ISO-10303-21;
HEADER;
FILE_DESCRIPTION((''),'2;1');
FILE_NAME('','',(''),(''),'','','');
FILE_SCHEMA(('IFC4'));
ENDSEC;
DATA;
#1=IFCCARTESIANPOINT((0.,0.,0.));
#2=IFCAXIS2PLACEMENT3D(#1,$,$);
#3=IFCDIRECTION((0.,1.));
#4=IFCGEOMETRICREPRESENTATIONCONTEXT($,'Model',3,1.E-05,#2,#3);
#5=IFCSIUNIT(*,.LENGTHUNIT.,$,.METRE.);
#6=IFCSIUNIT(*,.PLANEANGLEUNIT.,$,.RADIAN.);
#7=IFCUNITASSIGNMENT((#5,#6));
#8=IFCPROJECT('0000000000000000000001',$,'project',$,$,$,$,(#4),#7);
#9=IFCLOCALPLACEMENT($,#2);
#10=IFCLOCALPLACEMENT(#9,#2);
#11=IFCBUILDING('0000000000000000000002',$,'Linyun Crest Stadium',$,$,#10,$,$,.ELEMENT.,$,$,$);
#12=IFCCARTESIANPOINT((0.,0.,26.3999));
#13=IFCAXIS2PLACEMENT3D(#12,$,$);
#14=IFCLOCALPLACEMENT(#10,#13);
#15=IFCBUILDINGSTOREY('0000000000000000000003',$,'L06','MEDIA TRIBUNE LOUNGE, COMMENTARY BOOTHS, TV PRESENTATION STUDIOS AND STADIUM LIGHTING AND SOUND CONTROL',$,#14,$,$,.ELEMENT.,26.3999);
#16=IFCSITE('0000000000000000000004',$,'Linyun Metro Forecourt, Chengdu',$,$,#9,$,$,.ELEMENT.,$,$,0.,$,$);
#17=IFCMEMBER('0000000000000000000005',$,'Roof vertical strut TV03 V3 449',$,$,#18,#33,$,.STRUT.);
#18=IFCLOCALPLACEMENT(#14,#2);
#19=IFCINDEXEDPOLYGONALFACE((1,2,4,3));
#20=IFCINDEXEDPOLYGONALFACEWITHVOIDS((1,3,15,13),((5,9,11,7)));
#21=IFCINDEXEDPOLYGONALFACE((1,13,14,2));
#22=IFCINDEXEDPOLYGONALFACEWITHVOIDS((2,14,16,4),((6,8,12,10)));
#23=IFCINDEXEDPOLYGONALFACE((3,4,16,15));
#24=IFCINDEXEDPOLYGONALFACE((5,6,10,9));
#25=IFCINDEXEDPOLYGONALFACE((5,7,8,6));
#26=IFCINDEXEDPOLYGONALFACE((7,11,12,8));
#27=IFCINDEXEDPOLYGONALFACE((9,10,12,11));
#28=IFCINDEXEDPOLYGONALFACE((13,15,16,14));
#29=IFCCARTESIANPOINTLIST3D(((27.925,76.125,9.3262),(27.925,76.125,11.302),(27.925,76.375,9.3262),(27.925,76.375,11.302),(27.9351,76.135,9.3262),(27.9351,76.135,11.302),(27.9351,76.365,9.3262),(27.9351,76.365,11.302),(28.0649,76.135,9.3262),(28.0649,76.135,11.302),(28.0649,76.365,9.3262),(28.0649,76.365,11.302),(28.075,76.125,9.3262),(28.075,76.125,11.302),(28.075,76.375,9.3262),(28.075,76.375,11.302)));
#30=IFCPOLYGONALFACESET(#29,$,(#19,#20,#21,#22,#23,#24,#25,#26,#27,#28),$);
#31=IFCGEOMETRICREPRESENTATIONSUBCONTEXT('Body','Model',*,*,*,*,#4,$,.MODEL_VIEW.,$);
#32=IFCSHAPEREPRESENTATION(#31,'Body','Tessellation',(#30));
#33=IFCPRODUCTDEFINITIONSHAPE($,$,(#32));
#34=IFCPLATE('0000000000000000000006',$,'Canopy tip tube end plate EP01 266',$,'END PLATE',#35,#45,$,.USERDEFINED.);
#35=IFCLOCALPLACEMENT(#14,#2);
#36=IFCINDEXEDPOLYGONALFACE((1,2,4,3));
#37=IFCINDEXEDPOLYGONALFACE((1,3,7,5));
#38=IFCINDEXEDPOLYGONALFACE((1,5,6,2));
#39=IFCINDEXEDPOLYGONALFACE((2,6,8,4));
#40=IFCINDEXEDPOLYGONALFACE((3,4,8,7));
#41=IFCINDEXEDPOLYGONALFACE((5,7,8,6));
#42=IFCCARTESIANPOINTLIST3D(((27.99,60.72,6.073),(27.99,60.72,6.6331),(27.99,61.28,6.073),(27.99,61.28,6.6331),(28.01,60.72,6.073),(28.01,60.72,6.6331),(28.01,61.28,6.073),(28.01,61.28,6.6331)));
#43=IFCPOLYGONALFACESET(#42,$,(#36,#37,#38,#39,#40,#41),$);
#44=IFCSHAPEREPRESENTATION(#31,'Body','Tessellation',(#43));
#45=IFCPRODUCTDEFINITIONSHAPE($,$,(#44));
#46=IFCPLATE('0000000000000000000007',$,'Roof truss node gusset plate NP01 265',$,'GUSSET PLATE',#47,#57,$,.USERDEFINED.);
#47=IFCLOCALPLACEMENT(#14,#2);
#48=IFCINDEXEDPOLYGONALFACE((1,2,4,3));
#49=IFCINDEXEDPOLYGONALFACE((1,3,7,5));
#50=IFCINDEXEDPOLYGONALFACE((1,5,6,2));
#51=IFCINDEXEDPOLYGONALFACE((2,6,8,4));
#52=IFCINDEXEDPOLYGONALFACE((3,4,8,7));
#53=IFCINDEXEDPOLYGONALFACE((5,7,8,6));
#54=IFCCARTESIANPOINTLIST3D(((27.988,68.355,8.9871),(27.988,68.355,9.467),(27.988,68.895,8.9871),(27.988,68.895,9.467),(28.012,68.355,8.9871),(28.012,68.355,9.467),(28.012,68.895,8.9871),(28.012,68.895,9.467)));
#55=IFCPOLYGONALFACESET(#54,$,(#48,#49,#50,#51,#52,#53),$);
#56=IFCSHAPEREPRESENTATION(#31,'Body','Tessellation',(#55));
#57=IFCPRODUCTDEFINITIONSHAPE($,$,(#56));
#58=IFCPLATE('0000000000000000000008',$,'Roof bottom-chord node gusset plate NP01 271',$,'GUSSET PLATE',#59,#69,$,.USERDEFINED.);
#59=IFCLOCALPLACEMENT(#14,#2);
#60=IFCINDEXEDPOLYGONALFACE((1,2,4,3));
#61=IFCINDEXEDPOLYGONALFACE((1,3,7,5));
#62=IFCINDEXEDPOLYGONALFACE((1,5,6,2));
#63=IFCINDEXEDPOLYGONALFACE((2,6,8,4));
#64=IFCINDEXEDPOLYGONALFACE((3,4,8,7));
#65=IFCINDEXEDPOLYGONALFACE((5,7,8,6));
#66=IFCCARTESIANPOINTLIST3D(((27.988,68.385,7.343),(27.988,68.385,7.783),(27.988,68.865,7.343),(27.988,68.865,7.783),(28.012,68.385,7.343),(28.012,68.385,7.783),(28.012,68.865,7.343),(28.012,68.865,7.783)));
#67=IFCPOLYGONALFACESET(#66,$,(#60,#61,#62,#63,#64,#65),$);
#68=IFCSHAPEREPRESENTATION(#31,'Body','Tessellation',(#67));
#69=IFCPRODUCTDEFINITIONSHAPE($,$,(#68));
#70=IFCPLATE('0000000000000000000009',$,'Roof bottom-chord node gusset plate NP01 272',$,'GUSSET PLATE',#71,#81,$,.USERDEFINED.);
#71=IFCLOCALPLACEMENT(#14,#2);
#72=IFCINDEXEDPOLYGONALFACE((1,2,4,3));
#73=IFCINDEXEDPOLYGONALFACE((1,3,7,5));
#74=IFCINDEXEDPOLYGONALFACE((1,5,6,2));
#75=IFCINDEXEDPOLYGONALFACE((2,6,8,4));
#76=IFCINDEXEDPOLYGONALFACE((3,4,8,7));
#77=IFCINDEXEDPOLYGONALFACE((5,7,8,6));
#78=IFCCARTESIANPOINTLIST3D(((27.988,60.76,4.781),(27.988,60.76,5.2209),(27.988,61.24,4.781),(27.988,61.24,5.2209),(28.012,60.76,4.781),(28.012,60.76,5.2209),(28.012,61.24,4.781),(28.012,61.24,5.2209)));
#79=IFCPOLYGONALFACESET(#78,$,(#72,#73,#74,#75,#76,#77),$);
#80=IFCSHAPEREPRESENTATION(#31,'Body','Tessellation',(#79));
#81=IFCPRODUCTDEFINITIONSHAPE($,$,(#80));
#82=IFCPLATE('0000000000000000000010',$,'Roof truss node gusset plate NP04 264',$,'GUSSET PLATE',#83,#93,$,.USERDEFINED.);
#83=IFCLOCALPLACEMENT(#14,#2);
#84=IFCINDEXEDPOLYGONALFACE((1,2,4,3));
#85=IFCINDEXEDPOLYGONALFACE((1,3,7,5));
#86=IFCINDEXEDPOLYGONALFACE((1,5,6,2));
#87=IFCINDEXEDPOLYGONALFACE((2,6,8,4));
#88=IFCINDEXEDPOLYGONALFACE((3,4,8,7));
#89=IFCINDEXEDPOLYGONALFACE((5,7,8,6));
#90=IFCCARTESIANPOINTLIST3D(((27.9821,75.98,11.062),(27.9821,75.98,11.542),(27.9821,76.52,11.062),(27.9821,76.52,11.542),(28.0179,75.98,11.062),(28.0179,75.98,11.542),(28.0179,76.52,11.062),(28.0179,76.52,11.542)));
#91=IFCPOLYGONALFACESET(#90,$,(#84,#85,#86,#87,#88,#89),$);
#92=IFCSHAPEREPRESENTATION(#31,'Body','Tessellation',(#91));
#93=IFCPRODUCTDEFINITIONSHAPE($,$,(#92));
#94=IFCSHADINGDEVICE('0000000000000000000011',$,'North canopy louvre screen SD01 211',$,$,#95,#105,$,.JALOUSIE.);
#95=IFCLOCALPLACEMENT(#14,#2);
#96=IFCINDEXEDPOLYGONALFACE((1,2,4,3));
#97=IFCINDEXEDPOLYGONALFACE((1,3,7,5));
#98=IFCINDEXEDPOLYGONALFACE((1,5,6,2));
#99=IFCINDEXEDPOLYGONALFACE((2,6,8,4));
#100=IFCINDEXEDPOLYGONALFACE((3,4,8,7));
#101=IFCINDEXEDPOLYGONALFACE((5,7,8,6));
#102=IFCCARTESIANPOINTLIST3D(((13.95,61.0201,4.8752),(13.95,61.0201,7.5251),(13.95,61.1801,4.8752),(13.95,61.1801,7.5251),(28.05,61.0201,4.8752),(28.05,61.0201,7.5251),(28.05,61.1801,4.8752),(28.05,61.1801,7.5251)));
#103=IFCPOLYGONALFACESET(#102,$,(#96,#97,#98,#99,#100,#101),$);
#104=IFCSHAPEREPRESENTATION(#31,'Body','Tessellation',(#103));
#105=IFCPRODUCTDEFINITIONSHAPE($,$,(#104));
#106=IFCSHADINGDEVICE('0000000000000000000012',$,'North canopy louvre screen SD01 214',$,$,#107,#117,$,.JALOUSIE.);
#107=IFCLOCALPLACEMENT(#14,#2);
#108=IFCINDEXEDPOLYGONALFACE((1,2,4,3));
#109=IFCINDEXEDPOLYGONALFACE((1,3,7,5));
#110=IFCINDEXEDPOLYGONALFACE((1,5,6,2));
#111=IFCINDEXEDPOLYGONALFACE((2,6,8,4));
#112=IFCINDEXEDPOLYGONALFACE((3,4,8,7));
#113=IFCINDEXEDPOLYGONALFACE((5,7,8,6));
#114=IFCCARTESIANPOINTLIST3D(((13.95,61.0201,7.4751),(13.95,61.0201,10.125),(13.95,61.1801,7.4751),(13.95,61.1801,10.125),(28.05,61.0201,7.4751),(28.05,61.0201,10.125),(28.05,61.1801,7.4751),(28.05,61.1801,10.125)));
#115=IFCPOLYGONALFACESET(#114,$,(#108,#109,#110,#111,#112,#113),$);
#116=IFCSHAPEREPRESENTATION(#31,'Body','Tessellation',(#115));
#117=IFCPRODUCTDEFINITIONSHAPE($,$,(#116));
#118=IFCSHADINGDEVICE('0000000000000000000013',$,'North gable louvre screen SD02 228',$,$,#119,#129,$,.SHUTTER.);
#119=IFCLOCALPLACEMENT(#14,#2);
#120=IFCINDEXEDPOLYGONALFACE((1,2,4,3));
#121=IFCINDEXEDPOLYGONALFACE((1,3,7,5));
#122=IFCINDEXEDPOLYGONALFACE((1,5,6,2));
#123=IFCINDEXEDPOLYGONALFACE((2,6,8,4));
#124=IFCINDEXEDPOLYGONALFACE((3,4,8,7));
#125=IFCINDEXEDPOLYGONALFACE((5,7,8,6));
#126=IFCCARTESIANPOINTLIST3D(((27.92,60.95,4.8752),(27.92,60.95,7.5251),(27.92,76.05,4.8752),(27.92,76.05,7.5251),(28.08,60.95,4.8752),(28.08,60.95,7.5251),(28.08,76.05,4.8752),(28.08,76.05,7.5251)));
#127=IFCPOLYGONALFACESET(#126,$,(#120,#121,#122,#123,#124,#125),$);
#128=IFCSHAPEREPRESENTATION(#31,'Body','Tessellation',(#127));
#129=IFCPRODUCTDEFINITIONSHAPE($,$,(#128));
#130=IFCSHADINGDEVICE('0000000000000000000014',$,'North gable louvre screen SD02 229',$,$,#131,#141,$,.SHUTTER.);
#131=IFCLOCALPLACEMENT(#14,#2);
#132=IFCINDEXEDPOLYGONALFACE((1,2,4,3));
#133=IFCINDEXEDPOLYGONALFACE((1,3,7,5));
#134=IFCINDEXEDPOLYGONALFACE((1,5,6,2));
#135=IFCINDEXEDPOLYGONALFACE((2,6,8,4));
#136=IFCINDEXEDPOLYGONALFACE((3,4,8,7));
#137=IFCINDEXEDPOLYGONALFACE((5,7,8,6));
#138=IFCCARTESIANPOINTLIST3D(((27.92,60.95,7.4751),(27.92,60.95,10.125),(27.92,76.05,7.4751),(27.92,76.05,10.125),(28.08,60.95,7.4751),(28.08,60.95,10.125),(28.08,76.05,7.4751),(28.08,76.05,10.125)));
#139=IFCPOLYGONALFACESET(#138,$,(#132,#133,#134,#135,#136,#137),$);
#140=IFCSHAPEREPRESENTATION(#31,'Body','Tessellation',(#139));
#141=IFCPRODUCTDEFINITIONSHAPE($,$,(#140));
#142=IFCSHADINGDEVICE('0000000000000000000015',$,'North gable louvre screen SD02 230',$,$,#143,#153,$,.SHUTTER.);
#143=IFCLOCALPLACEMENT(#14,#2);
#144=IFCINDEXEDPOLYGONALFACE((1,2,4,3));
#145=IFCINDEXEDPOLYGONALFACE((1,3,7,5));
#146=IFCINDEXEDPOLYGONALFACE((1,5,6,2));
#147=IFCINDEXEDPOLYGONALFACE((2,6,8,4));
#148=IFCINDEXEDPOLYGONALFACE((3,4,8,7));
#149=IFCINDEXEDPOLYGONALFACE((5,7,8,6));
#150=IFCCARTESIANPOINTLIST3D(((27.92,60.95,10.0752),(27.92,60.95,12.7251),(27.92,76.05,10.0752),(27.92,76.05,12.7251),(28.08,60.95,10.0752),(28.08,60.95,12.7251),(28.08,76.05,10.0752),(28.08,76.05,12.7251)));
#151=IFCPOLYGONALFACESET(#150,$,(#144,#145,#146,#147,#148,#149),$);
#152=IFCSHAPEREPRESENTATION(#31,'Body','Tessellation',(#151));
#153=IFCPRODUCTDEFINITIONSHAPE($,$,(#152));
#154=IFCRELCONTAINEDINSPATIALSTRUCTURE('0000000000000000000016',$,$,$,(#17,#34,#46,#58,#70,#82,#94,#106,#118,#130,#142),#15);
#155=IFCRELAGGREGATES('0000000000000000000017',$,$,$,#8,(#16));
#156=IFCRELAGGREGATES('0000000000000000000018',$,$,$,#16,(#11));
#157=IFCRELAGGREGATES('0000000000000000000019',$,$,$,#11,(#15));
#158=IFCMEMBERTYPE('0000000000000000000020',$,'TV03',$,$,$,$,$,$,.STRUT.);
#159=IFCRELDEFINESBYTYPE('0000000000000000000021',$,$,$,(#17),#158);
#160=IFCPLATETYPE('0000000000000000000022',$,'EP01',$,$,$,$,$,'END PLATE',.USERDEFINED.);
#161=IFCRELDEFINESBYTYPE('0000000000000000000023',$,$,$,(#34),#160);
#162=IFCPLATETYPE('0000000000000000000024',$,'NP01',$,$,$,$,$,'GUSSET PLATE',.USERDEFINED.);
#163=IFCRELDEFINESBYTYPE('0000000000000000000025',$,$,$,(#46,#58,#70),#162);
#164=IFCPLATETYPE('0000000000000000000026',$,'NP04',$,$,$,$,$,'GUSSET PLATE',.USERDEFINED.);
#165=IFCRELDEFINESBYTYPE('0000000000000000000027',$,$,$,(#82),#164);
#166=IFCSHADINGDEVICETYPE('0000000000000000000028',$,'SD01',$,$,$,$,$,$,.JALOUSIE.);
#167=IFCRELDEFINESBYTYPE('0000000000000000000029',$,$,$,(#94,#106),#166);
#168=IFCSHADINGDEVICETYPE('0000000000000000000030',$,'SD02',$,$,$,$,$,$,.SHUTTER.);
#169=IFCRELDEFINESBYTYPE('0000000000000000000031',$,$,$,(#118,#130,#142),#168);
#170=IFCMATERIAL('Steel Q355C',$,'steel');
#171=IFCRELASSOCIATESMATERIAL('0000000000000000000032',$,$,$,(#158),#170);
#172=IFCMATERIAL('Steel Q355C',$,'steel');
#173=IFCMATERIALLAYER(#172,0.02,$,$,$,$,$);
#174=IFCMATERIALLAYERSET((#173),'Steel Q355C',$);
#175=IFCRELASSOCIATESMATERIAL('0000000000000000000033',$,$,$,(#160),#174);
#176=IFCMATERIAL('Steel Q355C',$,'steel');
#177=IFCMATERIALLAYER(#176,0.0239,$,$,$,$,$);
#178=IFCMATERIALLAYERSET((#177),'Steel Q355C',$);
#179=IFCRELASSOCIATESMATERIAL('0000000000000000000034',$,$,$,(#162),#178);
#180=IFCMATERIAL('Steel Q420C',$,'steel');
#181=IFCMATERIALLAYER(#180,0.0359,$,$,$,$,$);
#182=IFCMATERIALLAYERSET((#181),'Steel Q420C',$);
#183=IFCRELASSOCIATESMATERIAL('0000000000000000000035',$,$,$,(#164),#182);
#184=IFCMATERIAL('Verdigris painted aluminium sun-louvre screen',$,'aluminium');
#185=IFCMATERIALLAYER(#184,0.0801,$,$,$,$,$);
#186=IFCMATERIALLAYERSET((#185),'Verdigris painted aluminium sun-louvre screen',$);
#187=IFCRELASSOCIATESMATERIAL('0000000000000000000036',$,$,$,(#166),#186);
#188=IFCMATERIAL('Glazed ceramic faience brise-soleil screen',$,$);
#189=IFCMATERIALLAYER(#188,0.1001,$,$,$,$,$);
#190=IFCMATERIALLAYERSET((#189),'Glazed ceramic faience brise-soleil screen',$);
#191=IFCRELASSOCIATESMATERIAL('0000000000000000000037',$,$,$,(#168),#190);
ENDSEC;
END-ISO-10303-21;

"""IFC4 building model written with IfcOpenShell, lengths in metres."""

from ifc_helpers import new_model, si_unit, direction, frame, origin, origin_2d, place, context, subcontext, project, spatial, rectangle, hollow_rectangle, extrude, material, layer, layer_set, material_profile, profile_set, type_object, element, save


model = new_model("IFC4")

# Units and contexts
model_context = context("Model", 3, precision=1e-05, world=origin(), true_north=direction((0.0, 1.0)))
body_context = subcontext(model_context, "Body", "Model", "MODEL_VIEW")
ifc_project = project(units=[si_unit("LENGTHUNIT", "METRE"), si_unit("PLANEANGLEUNIT", "RADIAN")], contexts=[model_context])

# Site, building, storey
site_placement = place(None, origin())
site = spatial("IfcSite", under=ifc_project, at=site_placement, Name="Linyun Metro Forecourt, Chengdu", CompositionType="ELEMENT", RefElevation=0.0)
building_placement = place(site_placement, origin())
building = spatial("IfcBuilding", under=site, at=building_placement, Name="Linyun Crest Stadium", CompositionType="ELEMENT")
storey_placement = place(building_placement, frame((0.0, 0.0, 26.3999)))
storey = spatial("IfcBuildingStorey", under=building, at=storey_placement, Name="L06", Description="MEDIA TRIBUNE LOUNGE, COMMENTARY BOOTHS, TV PRESENTATION STUDIOS AND STADIUM LIGHTING AND SOUND CONTROL", CompositionType="ELEMENT", Elevation=26.3999)

# Member
ifc_material_1 = material(Name="Steel Q355C", Category="steel")
ifc_material_profile_1 = material_profile(ifc_material_1, hollow_rectangle(XDim=0.1499, YDim=0.25, WallThickness=0.01, at=origin_2d()), Name="RHS 250x150x10")
ifc_profile_set_1 = profile_set([ifc_material_profile_1], Name="Steel Q355C")
member_type_1 = type_object("IfcMemberType", Name="TV03", PredefinedType="STRUT", material=ifc_profile_set_1)
member_1_placement = place(storey_placement, frame((28.0, 76.25, 9.3262), z_axis=(0.0, 0.0, 1.0), x_axis=(1.0, 0.0, 0.0)))
element("IfcMember", 1, at=member_1_placement, inside=storey, type_object=member_type_1, Name="Roof vertical strut TV03 V3 449", PredefinedType="STRUT", context=body_context, shape_type="SweptSolid", body=[
    extrude(hollow_rectangle(XDim=0.1499, YDim=0.25, WallThickness=0.01, at=origin_2d()), origin(), (0.0, 0.0, 1.0), 1.9758),
])

# Plates
ifc_material_2 = material(Name="Steel Q355C", Category="steel")
ifc_layer_1 = layer(ifc_material_2, 0.02)
ifc_layer_set_1 = layer_set([ifc_layer_1], Name="Steel Q355C")
plate_type_1 = type_object("IfcPlateType", Name="EP01", ElementType="END PLATE", PredefinedType="USERDEFINED", material=ifc_layer_set_1)
plate_1_placement = place(storey_placement, frame((28.0, 61.0, 6.073), z_axis=(0.0, 0.0, 1.0), x_axis=(0.0, 1.0, 0.0)))
element("IfcPlate", 2, at=plate_1_placement, inside=storey, type_object=plate_type_1, Name="Canopy tip tube end plate EP01 266", ObjectType="END PLATE", PredefinedType="USERDEFINED", context=body_context, shape_type="SweptSolid", body=[
    extrude(rectangle(XDim=0.5601, YDim=0.02, at=origin_2d()), origin(), (0.0, 0.0, 1.0), 0.5601),
])
ifc_material_3 = material(Name="Steel Q355C", Category="steel")
ifc_layer_2 = layer(ifc_material_3, 0.0239)
ifc_layer_set_2 = layer_set([ifc_layer_2], Name="Steel Q355C")
plate_type_2 = type_object("IfcPlateType", Name="NP01", ElementType="GUSSET PLATE", PredefinedType="USERDEFINED", material=ifc_layer_set_2)
plate_2_placement = place(storey_placement, frame((28.0, 68.625, 8.9871), z_axis=(0.0, 0.0, 1.0), x_axis=(0.0, 1.0, 0.0)))
element("IfcPlate", 3, at=plate_2_placement, inside=storey, type_object=plate_type_2, Name="Roof truss node gusset plate NP01 265", ObjectType="GUSSET PLATE", PredefinedType="USERDEFINED", context=body_context, shape_type="SweptSolid", body=[
    extrude(rectangle(XDim=0.54, YDim=0.0239, at=origin_2d()), origin(), (0.0, 0.0, 1.0), 0.48),
])
for number, where, z_axis, x_axis, name in (
    (4, (28.0, 68.625, 7.343), (0.0, 0.0, 1.0), (0.0, 1.0, 0.0), "Roof bottom-chord node gusset plate NP01 271"),
    (5, (28.0, 61.0, 4.781), (0.0, 0.0, 1.0), (0.0, 1.0, 0.0), "Roof bottom-chord node gusset plate NP01 272"),
):
    element("IfcPlate", number, at=place(storey_placement, frame(where, z_axis=z_axis, x_axis=x_axis)), inside=storey, type_object=plate_type_2, Name=name, ObjectType="GUSSET PLATE", PredefinedType="USERDEFINED", context=body_context, shape_type="SweptSolid", body=[
        extrude(rectangle(XDim=0.48, YDim=0.0239, at=origin_2d()), origin(), (0.0, 0.0, 1.0), 0.4399),
    ])
ifc_material_4 = material(Name="Steel Q420C", Category="steel")
ifc_layer_3 = layer(ifc_material_4, 0.0359)
ifc_layer_set_3 = layer_set([ifc_layer_3], Name="Steel Q420C")
plate_type_3 = type_object("IfcPlateType", Name="NP04", ElementType="GUSSET PLATE", PredefinedType="USERDEFINED", material=ifc_layer_set_3)
plate_3_placement = place(storey_placement, frame((28.0, 76.25, 11.062), z_axis=(0.0, 0.0, 1.0), x_axis=(0.0, 1.0, 0.0)))
element("IfcPlate", 6, at=plate_3_placement, inside=storey, type_object=plate_type_3, Name="Roof truss node gusset plate NP04 264", ObjectType="GUSSET PLATE", PredefinedType="USERDEFINED", context=body_context, shape_type="SweptSolid", body=[
    extrude(rectangle(XDim=0.54, YDim=0.0359, at=origin_2d()), origin(), (0.0, 0.0, 1.0), 0.48),
])

# Shading devices
ifc_material_5 = material(Name="Verdigris painted aluminium sun-louvre screen", Category="aluminium")
ifc_layer_4 = layer(ifc_material_5, 0.0801)
ifc_layer_set_4 = layer_set([ifc_layer_4], Name="Verdigris painted aluminium sun-louvre screen")
shading_device_type_1 = type_object("IfcShadingDeviceType", Name="SD01", PredefinedType="JALOUSIE", material=ifc_layer_set_4)
for number, where, z_axis, x_axis, name in (
    (7, (21.0, 61.1001, 4.8752), (0.0, 0.0, 1.0), (1.0, 0.0, 0.0), "North canopy louvre screen SD01 211"),
    (8, (21.0, 61.1001, 7.4751), (0.0, 0.0, 1.0), (1.0, 0.0, 0.0), "North canopy louvre screen SD01 214"),
):
    element("IfcShadingDevice", number, at=place(storey_placement, frame(where, z_axis=z_axis, x_axis=x_axis)), inside=storey, type_object=shading_device_type_1, Name=name, PredefinedType="JALOUSIE", context=body_context, shape_type="SweptSolid", body=[
        extrude(rectangle(XDim=14.1001, YDim=0.1599, at=origin_2d()), origin(), (0.0, 0.0, 1.0), 2.6499),
    ])
ifc_material_6 = material(Name="Glazed ceramic faience brise-soleil screen")
ifc_layer_5 = layer(ifc_material_6, 0.1001)
ifc_layer_set_5 = layer_set([ifc_layer_5], Name="Glazed ceramic faience brise-soleil screen")
shading_device_type_2 = type_object("IfcShadingDeviceType", Name="SD02", PredefinedType="SHUTTER", material=ifc_layer_set_5)
for number, where, z_axis, x_axis, name in (
    (9, (28.0, 68.5, 4.8752), (0.0, 0.0, 1.0), (1.0, 0.0, 0.0), "North gable louvre screen SD02 228"),
    (10, (28.0, 68.5, 7.4751), (0.0, 0.0, 1.0), (1.0, 0.0, 0.0), "North gable louvre screen SD02 229"),
    (11, (28.0, 68.5, 10.0752), (0.0, 0.0, 1.0), (1.0, 0.0, 0.0), "North gable louvre screen SD02 230"),
):
    element("IfcShadingDevice", number, at=place(storey_placement, frame(where, z_axis=z_axis, x_axis=x_axis)), inside=storey, type_object=shading_device_type_2, Name=name, PredefinedType="SHUTTER", context=body_context, shape_type="SweptSolid", body=[
        extrude(rectangle(XDim=0.1599, YDim=15.1001, at=origin_2d()), origin(), (0.0, 0.0, 1.0), 2.6499),
    ])

save(model, "model.ifc")
